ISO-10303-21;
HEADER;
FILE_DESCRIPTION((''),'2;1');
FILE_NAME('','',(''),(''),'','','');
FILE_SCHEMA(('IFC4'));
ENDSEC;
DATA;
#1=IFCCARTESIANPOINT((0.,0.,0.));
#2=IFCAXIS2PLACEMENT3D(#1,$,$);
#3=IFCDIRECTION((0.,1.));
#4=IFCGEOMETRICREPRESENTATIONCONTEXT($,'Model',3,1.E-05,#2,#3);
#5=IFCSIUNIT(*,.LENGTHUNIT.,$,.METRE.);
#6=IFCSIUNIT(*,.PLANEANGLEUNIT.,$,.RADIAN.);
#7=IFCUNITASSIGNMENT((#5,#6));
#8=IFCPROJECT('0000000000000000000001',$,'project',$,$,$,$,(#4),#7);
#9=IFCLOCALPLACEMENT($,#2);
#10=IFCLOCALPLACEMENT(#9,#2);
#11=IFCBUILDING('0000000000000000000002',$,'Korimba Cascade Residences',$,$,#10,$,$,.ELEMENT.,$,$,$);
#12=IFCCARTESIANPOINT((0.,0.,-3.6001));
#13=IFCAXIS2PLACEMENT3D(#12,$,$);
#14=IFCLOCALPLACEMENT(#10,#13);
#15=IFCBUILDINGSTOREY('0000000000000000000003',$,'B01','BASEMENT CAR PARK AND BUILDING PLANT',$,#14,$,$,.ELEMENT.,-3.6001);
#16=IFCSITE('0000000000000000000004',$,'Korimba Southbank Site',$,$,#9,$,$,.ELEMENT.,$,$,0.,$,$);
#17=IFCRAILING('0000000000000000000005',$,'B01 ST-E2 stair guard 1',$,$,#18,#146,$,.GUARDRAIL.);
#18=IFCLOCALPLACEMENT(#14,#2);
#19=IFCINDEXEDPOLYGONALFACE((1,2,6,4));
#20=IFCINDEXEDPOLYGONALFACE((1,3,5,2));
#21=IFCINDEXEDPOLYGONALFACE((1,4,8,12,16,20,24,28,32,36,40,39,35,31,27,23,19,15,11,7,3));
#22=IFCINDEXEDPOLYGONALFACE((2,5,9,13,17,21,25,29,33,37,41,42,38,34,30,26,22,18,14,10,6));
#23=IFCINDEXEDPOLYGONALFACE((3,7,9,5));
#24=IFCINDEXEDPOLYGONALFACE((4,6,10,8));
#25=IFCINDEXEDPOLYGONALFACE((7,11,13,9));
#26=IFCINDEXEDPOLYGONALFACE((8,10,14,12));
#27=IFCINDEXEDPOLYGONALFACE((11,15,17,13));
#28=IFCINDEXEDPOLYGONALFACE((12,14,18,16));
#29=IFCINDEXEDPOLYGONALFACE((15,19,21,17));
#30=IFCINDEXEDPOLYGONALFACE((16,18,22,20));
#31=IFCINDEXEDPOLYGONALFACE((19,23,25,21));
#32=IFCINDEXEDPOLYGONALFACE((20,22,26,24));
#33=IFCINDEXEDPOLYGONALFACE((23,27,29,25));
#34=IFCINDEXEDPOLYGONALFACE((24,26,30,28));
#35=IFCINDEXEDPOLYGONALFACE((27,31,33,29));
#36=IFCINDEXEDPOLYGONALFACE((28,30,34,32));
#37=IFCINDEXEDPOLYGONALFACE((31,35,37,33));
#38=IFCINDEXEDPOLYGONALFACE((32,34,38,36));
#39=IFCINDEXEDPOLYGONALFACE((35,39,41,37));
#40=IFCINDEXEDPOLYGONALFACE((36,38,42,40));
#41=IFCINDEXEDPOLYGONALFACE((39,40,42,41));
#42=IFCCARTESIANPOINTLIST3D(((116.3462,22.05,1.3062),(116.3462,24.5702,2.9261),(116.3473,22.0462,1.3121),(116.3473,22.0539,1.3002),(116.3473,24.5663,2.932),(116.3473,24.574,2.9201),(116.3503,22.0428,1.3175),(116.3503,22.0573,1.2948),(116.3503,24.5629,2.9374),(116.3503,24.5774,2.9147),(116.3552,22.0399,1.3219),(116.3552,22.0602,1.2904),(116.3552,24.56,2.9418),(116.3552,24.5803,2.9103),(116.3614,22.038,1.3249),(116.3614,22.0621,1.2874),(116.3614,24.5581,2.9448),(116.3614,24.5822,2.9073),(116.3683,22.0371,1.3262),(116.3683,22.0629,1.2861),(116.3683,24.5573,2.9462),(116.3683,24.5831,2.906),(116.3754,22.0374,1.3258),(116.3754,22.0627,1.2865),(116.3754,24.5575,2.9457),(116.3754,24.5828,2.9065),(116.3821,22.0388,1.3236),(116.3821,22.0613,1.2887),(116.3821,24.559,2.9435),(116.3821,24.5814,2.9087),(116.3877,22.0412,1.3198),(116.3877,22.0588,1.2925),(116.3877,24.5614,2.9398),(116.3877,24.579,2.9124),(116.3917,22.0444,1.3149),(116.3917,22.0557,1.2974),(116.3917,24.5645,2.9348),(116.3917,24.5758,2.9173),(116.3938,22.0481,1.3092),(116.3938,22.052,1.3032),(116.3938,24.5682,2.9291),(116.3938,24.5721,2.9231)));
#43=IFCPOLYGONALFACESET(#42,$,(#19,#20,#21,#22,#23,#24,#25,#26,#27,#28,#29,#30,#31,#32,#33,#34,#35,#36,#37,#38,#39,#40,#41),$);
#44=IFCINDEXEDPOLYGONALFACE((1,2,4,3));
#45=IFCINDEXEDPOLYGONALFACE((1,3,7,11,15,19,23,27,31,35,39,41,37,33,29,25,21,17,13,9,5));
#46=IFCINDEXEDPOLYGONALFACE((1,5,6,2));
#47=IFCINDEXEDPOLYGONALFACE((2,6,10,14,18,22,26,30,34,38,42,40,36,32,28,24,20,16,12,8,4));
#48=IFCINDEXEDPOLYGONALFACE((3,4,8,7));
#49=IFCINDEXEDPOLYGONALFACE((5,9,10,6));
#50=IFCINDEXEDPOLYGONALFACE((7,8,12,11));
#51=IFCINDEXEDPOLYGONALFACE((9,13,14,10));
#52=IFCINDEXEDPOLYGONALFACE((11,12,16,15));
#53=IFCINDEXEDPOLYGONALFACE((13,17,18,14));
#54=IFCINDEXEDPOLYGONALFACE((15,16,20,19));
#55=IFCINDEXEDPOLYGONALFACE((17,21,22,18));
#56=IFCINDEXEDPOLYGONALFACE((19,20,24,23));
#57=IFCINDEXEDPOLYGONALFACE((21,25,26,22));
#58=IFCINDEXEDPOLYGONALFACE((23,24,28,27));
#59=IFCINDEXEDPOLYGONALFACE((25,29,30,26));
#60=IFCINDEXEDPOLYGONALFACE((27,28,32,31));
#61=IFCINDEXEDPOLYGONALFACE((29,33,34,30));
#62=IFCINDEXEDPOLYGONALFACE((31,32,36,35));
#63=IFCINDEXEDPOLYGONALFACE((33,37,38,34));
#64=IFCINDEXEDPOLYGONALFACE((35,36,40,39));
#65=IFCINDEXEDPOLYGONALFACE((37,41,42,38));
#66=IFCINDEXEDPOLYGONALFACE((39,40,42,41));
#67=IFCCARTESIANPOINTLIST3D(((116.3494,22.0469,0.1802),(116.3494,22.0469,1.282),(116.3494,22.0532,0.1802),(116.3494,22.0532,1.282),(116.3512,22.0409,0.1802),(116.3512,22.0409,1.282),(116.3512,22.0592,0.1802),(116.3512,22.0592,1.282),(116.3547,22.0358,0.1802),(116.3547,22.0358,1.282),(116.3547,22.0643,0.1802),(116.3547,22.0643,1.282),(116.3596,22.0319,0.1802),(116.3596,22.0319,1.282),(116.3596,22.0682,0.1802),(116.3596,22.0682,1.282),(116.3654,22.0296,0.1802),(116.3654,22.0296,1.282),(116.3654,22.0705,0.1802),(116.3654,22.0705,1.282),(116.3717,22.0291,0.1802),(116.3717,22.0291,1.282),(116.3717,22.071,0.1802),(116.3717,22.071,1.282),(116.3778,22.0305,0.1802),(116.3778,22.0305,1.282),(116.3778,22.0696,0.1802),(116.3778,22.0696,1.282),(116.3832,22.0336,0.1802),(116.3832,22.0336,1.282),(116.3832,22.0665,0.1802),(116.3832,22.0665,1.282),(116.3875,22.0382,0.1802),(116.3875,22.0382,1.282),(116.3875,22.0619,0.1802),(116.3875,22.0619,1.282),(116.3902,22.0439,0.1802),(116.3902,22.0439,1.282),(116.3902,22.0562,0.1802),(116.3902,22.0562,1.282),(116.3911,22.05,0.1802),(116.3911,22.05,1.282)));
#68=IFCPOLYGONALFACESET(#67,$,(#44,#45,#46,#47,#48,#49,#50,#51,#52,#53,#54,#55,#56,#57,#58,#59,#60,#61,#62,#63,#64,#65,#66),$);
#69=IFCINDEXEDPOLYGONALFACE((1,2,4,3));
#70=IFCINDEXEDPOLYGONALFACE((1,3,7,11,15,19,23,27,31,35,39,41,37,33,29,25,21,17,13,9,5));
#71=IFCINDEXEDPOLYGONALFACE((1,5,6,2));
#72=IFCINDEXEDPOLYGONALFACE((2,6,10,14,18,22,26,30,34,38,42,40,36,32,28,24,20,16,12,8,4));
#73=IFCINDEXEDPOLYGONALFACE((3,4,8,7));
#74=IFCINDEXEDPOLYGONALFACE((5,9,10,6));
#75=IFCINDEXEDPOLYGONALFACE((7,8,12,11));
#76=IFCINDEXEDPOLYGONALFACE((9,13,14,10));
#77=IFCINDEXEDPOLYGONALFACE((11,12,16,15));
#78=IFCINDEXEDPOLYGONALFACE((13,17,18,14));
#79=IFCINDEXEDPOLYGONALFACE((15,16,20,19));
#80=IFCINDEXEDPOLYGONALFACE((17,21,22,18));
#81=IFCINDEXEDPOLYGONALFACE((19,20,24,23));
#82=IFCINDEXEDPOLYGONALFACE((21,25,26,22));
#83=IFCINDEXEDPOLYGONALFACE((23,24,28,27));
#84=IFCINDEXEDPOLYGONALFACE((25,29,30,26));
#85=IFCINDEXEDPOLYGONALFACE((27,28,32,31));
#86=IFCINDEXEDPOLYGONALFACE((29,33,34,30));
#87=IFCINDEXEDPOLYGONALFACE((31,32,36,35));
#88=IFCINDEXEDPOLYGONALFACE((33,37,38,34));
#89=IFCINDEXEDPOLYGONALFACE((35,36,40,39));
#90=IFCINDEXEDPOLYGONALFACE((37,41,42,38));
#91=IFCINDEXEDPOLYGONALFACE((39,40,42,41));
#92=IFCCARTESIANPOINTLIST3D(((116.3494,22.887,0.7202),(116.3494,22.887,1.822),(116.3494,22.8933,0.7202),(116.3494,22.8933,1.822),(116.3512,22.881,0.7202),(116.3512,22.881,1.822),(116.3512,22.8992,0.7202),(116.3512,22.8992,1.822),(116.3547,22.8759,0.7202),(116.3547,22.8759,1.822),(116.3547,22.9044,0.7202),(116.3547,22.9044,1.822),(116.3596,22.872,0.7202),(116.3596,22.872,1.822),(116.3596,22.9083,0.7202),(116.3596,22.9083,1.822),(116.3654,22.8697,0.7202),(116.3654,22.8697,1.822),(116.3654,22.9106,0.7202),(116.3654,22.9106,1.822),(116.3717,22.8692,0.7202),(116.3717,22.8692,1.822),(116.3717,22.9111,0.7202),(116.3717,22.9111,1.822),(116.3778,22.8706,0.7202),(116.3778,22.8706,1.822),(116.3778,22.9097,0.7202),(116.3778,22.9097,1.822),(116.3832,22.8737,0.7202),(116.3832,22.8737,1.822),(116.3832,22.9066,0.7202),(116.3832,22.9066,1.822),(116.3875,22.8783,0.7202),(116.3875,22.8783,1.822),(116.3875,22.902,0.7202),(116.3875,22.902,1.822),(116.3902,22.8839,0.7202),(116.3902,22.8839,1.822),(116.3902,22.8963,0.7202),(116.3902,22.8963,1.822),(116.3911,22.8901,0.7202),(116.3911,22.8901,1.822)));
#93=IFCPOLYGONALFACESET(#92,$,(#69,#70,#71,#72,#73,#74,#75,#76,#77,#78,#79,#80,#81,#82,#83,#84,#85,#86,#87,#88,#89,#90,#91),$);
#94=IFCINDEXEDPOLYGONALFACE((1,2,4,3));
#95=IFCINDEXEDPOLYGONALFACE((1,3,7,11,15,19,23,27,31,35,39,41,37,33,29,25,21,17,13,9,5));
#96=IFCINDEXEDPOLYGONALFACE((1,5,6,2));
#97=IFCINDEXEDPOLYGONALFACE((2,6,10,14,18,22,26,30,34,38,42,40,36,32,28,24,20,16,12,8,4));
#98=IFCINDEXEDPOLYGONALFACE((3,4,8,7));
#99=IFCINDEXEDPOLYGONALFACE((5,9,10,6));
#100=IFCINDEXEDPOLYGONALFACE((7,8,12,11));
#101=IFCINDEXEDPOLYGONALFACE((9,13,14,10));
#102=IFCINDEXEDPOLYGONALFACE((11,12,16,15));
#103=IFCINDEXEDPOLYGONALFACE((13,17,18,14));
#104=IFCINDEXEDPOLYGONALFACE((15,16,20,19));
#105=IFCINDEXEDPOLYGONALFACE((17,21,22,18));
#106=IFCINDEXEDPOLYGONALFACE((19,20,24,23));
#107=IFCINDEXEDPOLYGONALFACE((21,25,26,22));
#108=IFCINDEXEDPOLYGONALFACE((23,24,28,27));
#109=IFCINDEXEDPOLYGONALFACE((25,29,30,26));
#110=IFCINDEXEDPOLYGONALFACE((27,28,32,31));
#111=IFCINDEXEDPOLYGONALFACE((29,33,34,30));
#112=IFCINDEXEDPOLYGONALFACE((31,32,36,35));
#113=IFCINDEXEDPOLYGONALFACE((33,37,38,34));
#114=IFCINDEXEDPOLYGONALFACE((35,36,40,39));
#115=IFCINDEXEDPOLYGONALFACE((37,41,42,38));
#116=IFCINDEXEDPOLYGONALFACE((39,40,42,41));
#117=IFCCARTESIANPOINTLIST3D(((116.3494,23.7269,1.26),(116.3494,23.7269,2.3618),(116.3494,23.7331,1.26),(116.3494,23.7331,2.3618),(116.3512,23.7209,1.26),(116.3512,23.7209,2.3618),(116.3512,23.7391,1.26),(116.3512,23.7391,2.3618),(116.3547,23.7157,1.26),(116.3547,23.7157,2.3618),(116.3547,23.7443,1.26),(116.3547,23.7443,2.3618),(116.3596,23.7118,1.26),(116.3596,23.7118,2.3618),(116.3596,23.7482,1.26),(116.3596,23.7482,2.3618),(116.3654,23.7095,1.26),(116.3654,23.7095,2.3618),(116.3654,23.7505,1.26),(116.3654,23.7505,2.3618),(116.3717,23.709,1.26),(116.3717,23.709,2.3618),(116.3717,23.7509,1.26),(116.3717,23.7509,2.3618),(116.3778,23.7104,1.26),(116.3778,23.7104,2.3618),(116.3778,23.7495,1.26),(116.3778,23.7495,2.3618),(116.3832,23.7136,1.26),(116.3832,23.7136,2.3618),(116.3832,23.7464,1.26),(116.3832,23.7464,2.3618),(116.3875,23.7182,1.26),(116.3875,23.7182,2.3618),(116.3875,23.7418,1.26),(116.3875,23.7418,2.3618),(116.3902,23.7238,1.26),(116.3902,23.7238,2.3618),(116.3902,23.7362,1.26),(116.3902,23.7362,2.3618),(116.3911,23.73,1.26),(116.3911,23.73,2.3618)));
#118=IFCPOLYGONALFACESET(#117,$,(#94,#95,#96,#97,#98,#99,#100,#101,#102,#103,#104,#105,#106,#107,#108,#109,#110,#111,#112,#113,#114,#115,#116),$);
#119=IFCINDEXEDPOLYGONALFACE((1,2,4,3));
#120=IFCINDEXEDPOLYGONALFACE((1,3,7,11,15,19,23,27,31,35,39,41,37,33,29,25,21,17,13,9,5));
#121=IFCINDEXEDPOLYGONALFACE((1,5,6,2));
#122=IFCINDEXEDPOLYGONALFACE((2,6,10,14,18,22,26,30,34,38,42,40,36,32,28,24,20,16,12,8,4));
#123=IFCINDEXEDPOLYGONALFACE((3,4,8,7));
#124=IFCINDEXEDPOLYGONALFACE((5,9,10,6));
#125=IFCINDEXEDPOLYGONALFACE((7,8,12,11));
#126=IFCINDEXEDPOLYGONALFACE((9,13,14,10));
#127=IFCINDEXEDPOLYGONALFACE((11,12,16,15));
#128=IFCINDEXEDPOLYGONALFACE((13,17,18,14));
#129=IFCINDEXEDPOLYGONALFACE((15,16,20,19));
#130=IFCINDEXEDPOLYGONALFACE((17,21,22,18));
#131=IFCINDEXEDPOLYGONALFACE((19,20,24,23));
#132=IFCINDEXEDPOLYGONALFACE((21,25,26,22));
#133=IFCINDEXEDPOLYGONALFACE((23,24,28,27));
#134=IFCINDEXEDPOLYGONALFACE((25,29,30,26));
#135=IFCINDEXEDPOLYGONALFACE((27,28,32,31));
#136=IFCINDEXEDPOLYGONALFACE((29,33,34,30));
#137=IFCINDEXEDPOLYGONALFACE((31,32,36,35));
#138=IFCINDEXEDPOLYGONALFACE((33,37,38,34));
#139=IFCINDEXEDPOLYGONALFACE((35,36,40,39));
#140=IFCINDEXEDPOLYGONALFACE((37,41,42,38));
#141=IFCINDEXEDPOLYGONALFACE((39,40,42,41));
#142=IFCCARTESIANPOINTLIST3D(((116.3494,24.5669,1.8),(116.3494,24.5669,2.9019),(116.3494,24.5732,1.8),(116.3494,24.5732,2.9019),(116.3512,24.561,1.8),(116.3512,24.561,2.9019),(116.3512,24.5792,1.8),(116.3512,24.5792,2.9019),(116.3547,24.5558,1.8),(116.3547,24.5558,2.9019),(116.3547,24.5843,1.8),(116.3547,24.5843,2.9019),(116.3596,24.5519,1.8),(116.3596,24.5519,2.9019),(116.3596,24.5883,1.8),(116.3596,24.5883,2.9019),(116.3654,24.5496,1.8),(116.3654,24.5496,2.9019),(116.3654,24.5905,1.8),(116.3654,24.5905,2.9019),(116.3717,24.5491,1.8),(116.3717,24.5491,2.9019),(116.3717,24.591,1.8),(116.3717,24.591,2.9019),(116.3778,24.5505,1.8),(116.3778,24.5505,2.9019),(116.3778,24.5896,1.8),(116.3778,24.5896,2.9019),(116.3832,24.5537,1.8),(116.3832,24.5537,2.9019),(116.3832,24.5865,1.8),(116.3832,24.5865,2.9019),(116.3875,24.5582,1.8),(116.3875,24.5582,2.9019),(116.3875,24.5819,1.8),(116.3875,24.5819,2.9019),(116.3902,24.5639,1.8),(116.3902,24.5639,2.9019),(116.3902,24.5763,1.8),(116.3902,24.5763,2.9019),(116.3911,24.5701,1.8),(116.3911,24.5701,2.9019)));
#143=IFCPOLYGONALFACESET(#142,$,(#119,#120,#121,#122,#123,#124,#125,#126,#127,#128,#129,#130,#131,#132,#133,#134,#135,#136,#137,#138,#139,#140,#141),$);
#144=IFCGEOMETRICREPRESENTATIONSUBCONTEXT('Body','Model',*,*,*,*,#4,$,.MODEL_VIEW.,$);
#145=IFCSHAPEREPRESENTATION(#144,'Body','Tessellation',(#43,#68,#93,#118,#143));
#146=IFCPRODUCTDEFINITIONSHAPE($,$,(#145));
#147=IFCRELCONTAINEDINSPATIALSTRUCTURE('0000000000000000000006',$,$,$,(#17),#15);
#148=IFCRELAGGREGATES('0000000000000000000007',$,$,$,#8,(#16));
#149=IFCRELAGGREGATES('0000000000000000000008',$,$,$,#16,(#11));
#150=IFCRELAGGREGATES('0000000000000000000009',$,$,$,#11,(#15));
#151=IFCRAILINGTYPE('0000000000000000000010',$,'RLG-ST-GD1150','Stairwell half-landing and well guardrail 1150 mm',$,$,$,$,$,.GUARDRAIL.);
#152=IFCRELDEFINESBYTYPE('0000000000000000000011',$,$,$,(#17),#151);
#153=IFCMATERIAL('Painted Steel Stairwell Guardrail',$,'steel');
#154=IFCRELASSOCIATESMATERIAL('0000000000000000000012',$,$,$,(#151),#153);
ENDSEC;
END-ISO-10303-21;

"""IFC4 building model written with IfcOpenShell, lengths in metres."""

from ifc_helpers import new_model, si_unit, direction, frame, origin, origin_2d, place, context, subcontext, project, spatial, circle, extrude, material, type_object, element, save


model = new_model("IFC4")

# Units and contexts
model_context = context("Model", 3, precision=1e-05, world=origin(), true_north=direction((0.0, 1.0)))
body_context = subcontext(model_context, "Body", "Model", "MODEL_VIEW")
ifc_project = project(units=[si_unit("LENGTHUNIT", "METRE"), si_unit("PLANEANGLEUNIT", "RADIAN")], contexts=[model_context])

# Site, building, storey
site_placement = place(None, origin())
site = spatial("IfcSite", under=ifc_project, at=site_placement, Name="Korimba Southbank Site", CompositionType="ELEMENT", RefElevation=0.0)
building_placement = place(site_placement, origin())
building = spatial("IfcBuilding", under=site, at=building_placement, Name="Korimba Cascade Residences", CompositionType="ELEMENT")
storey_placement = place(building_placement, frame((0.0, 0.0, -3.6001)))
storey = spatial("IfcBuildingStorey", under=building, at=storey_placement, Name="B01", Description="BASEMENT CAR PARK AND BUILDING PLANT", CompositionType="ELEMENT", Elevation=-3.6001)

# Railing
ifc_material_1 = material(Name="Painted Steel Stairwell Guardrail", Category="steel")
railing_type_1 = type_object("IfcRailingType", Name="RLG-ST-GD1150", Description="Stairwell half-landing and well guardrail 1150 mm", PredefinedType="GUARDRAIL", material=ifc_material_1)
railing_1_placement = place(storey_placement, frame((116.3701, 22.05, 0.1802)))
element("IfcRailing", 1, at=railing_1_placement, inside=storey, type_object=railing_type_1, Name="B01 ST-E2 stair guard 1", PredefinedType="GUARDRAIL", context=body_context, shape_type="SweptSolid", body=[
    extrude(circle(Radius=0.0239, at=origin_2d()), frame((0.0, 0.0, 1.126), z_axis=(0.0, 0.8412, 0.540725), x_axis=(-1.0, 0.0, 0.0)), (0.0, 0.0, 1.0), 2.9958),
    extrude(circle(Radius=0.021, at=origin_2d()), origin(), (0.0, 0.0, 1.0), 1.1018),
    extrude(circle(Radius=0.021, at=origin_2d()), frame((0.0, 0.8401, 0.54)), (0.0, 0.0, 1.0), 1.1018),
    extrude(circle(Radius=0.021, at=origin_2d()), frame((0.0, 1.6799, 1.0798)), (0.0, 0.0, 1.0), 1.1018),
    extrude(circle(Radius=0.021, at=origin_2d()), frame((0.0, 2.52, 1.6199)), (0.0, 0.0, 1.0), 1.1018),
])

save(model, "model.ifc")
